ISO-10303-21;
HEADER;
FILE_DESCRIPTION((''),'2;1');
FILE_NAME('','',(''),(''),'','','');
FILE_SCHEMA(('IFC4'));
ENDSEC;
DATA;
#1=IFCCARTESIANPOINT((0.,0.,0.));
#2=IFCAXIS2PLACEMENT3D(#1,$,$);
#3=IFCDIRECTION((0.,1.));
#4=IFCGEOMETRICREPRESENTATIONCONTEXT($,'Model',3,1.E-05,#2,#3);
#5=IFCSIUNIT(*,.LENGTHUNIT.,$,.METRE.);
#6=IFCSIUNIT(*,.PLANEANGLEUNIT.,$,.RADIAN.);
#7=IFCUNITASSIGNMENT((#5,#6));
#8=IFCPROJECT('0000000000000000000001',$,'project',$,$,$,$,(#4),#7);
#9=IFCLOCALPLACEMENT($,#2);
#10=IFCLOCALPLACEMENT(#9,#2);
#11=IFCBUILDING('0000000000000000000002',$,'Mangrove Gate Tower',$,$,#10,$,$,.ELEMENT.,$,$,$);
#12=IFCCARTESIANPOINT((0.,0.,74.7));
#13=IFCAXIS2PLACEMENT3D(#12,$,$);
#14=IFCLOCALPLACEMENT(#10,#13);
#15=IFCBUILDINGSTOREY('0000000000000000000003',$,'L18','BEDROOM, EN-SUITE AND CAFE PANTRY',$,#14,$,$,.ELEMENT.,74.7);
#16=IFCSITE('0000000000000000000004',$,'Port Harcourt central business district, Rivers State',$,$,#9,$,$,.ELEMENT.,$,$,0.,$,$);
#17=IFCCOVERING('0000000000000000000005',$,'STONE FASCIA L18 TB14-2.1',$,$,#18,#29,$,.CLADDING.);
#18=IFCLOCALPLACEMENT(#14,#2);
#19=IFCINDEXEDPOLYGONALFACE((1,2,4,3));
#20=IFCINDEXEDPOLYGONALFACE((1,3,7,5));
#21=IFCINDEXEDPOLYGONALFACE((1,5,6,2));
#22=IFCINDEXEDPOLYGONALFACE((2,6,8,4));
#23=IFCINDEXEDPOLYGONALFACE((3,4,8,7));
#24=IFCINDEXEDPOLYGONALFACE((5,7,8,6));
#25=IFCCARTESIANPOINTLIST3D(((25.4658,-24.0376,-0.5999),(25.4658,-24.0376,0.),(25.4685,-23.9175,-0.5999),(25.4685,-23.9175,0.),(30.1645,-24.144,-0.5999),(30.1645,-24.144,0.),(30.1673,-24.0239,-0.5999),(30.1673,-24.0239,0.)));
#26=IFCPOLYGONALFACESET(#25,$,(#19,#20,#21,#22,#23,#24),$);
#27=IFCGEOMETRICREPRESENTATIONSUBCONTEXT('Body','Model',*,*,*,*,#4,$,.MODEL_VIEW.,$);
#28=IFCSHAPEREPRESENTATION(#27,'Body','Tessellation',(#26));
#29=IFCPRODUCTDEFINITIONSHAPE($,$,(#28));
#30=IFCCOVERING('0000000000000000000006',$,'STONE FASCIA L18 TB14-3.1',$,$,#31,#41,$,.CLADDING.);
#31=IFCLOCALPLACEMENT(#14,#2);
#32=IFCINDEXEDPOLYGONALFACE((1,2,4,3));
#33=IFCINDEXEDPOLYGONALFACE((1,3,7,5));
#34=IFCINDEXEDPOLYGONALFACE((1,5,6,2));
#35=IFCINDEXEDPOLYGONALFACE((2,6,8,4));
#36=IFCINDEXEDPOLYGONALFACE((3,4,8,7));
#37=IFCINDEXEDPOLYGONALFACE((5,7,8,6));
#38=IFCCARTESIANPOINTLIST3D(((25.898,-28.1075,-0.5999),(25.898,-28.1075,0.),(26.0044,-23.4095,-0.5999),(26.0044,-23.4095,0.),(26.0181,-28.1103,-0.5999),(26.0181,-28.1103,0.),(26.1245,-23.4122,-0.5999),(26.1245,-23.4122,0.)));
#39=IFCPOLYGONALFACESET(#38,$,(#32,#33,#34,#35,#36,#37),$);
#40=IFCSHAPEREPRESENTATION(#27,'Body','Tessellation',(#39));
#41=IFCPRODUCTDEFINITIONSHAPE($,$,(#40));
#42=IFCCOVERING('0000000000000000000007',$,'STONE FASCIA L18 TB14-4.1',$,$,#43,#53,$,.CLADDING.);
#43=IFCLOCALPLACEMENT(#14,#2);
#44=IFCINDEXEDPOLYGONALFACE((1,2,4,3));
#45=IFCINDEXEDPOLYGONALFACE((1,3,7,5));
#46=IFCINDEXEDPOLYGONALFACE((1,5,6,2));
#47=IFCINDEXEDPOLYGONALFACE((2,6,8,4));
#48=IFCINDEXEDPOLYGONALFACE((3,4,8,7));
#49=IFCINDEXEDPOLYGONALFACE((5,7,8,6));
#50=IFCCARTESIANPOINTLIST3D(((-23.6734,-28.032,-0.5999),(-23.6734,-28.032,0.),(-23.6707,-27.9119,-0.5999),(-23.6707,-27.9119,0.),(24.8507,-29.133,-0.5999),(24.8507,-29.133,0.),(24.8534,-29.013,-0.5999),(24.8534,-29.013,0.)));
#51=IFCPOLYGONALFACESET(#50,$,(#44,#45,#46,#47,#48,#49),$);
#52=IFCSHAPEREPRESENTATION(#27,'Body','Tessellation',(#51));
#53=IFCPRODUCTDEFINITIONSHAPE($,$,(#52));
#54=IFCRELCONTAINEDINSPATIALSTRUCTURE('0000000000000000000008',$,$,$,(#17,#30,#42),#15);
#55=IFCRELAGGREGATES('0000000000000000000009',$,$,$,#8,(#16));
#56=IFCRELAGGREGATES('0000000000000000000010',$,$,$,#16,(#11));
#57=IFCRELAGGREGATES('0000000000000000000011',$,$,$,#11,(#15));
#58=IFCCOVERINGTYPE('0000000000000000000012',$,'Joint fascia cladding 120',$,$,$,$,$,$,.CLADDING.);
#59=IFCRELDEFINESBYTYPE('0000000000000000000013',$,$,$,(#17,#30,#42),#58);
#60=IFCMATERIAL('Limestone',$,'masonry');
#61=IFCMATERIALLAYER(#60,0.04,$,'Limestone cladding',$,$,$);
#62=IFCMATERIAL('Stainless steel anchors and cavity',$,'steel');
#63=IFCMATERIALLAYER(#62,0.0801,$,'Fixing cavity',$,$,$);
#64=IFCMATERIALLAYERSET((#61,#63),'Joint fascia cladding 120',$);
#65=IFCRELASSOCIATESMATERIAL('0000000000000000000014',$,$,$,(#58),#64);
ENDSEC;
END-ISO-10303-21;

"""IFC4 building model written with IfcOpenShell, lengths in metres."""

from ifc_helpers import new_model, si_unit, direction, frame, frame_2d, origin, place, context, subcontext, project, spatial, rectangle, extrude, material, layer, layer_set, type_object, element, save


model = new_model("IFC4")

# Units and contexts
model_context = context("Model", 3, precision=1e-05, world=origin(), true_north=direction((0.0, 1.0)))
body_context = subcontext(model_context, "Body", "Model", "MODEL_VIEW")
ifc_project = project(units=[si_unit("LENGTHUNIT", "METRE"), si_unit("PLANEANGLEUNIT", "RADIAN")], contexts=[model_context])

# Site, building, storey
site_placement = place(None, origin())
site = spatial("IfcSite", under=ifc_project, at=site_placement, Name="Port Harcourt central business district, Rivers State", CompositionType="ELEMENT", RefElevation=0.0)
building_placement = place(site_placement, origin())
building = spatial("IfcBuilding", under=site, at=building_placement, Name="Mangrove Gate Tower", CompositionType="ELEMENT")
storey_placement = place(building_placement, frame((0.0, 0.0, 74.7)))
storey = spatial("IfcBuildingStorey", under=building, at=storey_placement, Name="L18", Description="BEDROOM, EN-SUITE AND CAFE PANTRY", CompositionType="ELEMENT", Elevation=74.7)

# Shared definitions
ifc_material_1 = material(Name="Limestone", Category="masonry")

# Coverings
ifc_layer_1 = layer(ifc_material_1, 0.04, Name="Limestone cladding")
ifc_material_2 = material(Name="Stainless steel anchors and cavity", Category="steel")
ifc_layer_2 = layer(ifc_material_2, 0.0801, Name="Fixing cavity")
ifc_layer_set_1 = layer_set([ifc_layer_1, ifc_layer_2], Name="Joint fascia cladding 120")
covering_type = type_object("IfcCoveringType", Name="Joint fascia cladding 120", PredefinedType="CLADDING", material=ifc_layer_set_1)
covering_1_placement = place(storey_placement, frame((30.166, -24.084, -0.5999), z_axis=(0.0, 0.0, 1.0), x_axis=(-0.999743, 0.022648, 0.0)))
element("IfcCovering", 1, at=covering_1_placement, inside=storey, type_object=covering_type, Name="STONE FASCIA L18 TB14-2.1", PredefinedType="CLADDING", context=body_context, shape_type="SweptSolid", body=[
    extrude(rectangle(XDim=4.7, YDim=0.1201, at=frame_2d((2.3501, 0.0))), origin(), (0.0, 0.0, 1.0), 0.5999),
])
covering_2_placement = place(storey_placement, frame((26.0645, -23.4109, -0.5999), z_axis=(0.0, 0.0, 1.0), x_axis=(-0.022652, -0.999743, 0.0)))
element("IfcCovering", 2, at=covering_2_placement, inside=storey, type_object=covering_type, Name="STONE FASCIA L18 TB14-3.1", PredefinedType="CLADDING", context=body_context, shape_type="SweptSolid", body=[
    extrude(rectangle(XDim=4.6992, YDim=0.1201, at=frame_2d((2.3496, 0.0))), origin(), (0.0, 0.0, 1.0), 0.5999),
])
covering_3_placement = place(storey_placement, frame((24.8521, -29.073, -0.5999), z_axis=(0.0, 0.0, 1.0), x_axis=(-0.999743, 0.022685, 0.0)))
element("IfcCovering", 3, at=covering_3_placement, inside=storey, type_object=covering_type, Name="STONE FASCIA L18 TB14-4.1", PredefinedType="CLADDING", context=body_context, shape_type="SweptSolid", body=[
    extrude(rectangle(XDim=48.5366, YDim=0.1201, at=frame_2d((24.2683, 0.0))), origin(), (0.0, 0.0, 1.0), 0.5999),
])

save(model, "model.ifc")
